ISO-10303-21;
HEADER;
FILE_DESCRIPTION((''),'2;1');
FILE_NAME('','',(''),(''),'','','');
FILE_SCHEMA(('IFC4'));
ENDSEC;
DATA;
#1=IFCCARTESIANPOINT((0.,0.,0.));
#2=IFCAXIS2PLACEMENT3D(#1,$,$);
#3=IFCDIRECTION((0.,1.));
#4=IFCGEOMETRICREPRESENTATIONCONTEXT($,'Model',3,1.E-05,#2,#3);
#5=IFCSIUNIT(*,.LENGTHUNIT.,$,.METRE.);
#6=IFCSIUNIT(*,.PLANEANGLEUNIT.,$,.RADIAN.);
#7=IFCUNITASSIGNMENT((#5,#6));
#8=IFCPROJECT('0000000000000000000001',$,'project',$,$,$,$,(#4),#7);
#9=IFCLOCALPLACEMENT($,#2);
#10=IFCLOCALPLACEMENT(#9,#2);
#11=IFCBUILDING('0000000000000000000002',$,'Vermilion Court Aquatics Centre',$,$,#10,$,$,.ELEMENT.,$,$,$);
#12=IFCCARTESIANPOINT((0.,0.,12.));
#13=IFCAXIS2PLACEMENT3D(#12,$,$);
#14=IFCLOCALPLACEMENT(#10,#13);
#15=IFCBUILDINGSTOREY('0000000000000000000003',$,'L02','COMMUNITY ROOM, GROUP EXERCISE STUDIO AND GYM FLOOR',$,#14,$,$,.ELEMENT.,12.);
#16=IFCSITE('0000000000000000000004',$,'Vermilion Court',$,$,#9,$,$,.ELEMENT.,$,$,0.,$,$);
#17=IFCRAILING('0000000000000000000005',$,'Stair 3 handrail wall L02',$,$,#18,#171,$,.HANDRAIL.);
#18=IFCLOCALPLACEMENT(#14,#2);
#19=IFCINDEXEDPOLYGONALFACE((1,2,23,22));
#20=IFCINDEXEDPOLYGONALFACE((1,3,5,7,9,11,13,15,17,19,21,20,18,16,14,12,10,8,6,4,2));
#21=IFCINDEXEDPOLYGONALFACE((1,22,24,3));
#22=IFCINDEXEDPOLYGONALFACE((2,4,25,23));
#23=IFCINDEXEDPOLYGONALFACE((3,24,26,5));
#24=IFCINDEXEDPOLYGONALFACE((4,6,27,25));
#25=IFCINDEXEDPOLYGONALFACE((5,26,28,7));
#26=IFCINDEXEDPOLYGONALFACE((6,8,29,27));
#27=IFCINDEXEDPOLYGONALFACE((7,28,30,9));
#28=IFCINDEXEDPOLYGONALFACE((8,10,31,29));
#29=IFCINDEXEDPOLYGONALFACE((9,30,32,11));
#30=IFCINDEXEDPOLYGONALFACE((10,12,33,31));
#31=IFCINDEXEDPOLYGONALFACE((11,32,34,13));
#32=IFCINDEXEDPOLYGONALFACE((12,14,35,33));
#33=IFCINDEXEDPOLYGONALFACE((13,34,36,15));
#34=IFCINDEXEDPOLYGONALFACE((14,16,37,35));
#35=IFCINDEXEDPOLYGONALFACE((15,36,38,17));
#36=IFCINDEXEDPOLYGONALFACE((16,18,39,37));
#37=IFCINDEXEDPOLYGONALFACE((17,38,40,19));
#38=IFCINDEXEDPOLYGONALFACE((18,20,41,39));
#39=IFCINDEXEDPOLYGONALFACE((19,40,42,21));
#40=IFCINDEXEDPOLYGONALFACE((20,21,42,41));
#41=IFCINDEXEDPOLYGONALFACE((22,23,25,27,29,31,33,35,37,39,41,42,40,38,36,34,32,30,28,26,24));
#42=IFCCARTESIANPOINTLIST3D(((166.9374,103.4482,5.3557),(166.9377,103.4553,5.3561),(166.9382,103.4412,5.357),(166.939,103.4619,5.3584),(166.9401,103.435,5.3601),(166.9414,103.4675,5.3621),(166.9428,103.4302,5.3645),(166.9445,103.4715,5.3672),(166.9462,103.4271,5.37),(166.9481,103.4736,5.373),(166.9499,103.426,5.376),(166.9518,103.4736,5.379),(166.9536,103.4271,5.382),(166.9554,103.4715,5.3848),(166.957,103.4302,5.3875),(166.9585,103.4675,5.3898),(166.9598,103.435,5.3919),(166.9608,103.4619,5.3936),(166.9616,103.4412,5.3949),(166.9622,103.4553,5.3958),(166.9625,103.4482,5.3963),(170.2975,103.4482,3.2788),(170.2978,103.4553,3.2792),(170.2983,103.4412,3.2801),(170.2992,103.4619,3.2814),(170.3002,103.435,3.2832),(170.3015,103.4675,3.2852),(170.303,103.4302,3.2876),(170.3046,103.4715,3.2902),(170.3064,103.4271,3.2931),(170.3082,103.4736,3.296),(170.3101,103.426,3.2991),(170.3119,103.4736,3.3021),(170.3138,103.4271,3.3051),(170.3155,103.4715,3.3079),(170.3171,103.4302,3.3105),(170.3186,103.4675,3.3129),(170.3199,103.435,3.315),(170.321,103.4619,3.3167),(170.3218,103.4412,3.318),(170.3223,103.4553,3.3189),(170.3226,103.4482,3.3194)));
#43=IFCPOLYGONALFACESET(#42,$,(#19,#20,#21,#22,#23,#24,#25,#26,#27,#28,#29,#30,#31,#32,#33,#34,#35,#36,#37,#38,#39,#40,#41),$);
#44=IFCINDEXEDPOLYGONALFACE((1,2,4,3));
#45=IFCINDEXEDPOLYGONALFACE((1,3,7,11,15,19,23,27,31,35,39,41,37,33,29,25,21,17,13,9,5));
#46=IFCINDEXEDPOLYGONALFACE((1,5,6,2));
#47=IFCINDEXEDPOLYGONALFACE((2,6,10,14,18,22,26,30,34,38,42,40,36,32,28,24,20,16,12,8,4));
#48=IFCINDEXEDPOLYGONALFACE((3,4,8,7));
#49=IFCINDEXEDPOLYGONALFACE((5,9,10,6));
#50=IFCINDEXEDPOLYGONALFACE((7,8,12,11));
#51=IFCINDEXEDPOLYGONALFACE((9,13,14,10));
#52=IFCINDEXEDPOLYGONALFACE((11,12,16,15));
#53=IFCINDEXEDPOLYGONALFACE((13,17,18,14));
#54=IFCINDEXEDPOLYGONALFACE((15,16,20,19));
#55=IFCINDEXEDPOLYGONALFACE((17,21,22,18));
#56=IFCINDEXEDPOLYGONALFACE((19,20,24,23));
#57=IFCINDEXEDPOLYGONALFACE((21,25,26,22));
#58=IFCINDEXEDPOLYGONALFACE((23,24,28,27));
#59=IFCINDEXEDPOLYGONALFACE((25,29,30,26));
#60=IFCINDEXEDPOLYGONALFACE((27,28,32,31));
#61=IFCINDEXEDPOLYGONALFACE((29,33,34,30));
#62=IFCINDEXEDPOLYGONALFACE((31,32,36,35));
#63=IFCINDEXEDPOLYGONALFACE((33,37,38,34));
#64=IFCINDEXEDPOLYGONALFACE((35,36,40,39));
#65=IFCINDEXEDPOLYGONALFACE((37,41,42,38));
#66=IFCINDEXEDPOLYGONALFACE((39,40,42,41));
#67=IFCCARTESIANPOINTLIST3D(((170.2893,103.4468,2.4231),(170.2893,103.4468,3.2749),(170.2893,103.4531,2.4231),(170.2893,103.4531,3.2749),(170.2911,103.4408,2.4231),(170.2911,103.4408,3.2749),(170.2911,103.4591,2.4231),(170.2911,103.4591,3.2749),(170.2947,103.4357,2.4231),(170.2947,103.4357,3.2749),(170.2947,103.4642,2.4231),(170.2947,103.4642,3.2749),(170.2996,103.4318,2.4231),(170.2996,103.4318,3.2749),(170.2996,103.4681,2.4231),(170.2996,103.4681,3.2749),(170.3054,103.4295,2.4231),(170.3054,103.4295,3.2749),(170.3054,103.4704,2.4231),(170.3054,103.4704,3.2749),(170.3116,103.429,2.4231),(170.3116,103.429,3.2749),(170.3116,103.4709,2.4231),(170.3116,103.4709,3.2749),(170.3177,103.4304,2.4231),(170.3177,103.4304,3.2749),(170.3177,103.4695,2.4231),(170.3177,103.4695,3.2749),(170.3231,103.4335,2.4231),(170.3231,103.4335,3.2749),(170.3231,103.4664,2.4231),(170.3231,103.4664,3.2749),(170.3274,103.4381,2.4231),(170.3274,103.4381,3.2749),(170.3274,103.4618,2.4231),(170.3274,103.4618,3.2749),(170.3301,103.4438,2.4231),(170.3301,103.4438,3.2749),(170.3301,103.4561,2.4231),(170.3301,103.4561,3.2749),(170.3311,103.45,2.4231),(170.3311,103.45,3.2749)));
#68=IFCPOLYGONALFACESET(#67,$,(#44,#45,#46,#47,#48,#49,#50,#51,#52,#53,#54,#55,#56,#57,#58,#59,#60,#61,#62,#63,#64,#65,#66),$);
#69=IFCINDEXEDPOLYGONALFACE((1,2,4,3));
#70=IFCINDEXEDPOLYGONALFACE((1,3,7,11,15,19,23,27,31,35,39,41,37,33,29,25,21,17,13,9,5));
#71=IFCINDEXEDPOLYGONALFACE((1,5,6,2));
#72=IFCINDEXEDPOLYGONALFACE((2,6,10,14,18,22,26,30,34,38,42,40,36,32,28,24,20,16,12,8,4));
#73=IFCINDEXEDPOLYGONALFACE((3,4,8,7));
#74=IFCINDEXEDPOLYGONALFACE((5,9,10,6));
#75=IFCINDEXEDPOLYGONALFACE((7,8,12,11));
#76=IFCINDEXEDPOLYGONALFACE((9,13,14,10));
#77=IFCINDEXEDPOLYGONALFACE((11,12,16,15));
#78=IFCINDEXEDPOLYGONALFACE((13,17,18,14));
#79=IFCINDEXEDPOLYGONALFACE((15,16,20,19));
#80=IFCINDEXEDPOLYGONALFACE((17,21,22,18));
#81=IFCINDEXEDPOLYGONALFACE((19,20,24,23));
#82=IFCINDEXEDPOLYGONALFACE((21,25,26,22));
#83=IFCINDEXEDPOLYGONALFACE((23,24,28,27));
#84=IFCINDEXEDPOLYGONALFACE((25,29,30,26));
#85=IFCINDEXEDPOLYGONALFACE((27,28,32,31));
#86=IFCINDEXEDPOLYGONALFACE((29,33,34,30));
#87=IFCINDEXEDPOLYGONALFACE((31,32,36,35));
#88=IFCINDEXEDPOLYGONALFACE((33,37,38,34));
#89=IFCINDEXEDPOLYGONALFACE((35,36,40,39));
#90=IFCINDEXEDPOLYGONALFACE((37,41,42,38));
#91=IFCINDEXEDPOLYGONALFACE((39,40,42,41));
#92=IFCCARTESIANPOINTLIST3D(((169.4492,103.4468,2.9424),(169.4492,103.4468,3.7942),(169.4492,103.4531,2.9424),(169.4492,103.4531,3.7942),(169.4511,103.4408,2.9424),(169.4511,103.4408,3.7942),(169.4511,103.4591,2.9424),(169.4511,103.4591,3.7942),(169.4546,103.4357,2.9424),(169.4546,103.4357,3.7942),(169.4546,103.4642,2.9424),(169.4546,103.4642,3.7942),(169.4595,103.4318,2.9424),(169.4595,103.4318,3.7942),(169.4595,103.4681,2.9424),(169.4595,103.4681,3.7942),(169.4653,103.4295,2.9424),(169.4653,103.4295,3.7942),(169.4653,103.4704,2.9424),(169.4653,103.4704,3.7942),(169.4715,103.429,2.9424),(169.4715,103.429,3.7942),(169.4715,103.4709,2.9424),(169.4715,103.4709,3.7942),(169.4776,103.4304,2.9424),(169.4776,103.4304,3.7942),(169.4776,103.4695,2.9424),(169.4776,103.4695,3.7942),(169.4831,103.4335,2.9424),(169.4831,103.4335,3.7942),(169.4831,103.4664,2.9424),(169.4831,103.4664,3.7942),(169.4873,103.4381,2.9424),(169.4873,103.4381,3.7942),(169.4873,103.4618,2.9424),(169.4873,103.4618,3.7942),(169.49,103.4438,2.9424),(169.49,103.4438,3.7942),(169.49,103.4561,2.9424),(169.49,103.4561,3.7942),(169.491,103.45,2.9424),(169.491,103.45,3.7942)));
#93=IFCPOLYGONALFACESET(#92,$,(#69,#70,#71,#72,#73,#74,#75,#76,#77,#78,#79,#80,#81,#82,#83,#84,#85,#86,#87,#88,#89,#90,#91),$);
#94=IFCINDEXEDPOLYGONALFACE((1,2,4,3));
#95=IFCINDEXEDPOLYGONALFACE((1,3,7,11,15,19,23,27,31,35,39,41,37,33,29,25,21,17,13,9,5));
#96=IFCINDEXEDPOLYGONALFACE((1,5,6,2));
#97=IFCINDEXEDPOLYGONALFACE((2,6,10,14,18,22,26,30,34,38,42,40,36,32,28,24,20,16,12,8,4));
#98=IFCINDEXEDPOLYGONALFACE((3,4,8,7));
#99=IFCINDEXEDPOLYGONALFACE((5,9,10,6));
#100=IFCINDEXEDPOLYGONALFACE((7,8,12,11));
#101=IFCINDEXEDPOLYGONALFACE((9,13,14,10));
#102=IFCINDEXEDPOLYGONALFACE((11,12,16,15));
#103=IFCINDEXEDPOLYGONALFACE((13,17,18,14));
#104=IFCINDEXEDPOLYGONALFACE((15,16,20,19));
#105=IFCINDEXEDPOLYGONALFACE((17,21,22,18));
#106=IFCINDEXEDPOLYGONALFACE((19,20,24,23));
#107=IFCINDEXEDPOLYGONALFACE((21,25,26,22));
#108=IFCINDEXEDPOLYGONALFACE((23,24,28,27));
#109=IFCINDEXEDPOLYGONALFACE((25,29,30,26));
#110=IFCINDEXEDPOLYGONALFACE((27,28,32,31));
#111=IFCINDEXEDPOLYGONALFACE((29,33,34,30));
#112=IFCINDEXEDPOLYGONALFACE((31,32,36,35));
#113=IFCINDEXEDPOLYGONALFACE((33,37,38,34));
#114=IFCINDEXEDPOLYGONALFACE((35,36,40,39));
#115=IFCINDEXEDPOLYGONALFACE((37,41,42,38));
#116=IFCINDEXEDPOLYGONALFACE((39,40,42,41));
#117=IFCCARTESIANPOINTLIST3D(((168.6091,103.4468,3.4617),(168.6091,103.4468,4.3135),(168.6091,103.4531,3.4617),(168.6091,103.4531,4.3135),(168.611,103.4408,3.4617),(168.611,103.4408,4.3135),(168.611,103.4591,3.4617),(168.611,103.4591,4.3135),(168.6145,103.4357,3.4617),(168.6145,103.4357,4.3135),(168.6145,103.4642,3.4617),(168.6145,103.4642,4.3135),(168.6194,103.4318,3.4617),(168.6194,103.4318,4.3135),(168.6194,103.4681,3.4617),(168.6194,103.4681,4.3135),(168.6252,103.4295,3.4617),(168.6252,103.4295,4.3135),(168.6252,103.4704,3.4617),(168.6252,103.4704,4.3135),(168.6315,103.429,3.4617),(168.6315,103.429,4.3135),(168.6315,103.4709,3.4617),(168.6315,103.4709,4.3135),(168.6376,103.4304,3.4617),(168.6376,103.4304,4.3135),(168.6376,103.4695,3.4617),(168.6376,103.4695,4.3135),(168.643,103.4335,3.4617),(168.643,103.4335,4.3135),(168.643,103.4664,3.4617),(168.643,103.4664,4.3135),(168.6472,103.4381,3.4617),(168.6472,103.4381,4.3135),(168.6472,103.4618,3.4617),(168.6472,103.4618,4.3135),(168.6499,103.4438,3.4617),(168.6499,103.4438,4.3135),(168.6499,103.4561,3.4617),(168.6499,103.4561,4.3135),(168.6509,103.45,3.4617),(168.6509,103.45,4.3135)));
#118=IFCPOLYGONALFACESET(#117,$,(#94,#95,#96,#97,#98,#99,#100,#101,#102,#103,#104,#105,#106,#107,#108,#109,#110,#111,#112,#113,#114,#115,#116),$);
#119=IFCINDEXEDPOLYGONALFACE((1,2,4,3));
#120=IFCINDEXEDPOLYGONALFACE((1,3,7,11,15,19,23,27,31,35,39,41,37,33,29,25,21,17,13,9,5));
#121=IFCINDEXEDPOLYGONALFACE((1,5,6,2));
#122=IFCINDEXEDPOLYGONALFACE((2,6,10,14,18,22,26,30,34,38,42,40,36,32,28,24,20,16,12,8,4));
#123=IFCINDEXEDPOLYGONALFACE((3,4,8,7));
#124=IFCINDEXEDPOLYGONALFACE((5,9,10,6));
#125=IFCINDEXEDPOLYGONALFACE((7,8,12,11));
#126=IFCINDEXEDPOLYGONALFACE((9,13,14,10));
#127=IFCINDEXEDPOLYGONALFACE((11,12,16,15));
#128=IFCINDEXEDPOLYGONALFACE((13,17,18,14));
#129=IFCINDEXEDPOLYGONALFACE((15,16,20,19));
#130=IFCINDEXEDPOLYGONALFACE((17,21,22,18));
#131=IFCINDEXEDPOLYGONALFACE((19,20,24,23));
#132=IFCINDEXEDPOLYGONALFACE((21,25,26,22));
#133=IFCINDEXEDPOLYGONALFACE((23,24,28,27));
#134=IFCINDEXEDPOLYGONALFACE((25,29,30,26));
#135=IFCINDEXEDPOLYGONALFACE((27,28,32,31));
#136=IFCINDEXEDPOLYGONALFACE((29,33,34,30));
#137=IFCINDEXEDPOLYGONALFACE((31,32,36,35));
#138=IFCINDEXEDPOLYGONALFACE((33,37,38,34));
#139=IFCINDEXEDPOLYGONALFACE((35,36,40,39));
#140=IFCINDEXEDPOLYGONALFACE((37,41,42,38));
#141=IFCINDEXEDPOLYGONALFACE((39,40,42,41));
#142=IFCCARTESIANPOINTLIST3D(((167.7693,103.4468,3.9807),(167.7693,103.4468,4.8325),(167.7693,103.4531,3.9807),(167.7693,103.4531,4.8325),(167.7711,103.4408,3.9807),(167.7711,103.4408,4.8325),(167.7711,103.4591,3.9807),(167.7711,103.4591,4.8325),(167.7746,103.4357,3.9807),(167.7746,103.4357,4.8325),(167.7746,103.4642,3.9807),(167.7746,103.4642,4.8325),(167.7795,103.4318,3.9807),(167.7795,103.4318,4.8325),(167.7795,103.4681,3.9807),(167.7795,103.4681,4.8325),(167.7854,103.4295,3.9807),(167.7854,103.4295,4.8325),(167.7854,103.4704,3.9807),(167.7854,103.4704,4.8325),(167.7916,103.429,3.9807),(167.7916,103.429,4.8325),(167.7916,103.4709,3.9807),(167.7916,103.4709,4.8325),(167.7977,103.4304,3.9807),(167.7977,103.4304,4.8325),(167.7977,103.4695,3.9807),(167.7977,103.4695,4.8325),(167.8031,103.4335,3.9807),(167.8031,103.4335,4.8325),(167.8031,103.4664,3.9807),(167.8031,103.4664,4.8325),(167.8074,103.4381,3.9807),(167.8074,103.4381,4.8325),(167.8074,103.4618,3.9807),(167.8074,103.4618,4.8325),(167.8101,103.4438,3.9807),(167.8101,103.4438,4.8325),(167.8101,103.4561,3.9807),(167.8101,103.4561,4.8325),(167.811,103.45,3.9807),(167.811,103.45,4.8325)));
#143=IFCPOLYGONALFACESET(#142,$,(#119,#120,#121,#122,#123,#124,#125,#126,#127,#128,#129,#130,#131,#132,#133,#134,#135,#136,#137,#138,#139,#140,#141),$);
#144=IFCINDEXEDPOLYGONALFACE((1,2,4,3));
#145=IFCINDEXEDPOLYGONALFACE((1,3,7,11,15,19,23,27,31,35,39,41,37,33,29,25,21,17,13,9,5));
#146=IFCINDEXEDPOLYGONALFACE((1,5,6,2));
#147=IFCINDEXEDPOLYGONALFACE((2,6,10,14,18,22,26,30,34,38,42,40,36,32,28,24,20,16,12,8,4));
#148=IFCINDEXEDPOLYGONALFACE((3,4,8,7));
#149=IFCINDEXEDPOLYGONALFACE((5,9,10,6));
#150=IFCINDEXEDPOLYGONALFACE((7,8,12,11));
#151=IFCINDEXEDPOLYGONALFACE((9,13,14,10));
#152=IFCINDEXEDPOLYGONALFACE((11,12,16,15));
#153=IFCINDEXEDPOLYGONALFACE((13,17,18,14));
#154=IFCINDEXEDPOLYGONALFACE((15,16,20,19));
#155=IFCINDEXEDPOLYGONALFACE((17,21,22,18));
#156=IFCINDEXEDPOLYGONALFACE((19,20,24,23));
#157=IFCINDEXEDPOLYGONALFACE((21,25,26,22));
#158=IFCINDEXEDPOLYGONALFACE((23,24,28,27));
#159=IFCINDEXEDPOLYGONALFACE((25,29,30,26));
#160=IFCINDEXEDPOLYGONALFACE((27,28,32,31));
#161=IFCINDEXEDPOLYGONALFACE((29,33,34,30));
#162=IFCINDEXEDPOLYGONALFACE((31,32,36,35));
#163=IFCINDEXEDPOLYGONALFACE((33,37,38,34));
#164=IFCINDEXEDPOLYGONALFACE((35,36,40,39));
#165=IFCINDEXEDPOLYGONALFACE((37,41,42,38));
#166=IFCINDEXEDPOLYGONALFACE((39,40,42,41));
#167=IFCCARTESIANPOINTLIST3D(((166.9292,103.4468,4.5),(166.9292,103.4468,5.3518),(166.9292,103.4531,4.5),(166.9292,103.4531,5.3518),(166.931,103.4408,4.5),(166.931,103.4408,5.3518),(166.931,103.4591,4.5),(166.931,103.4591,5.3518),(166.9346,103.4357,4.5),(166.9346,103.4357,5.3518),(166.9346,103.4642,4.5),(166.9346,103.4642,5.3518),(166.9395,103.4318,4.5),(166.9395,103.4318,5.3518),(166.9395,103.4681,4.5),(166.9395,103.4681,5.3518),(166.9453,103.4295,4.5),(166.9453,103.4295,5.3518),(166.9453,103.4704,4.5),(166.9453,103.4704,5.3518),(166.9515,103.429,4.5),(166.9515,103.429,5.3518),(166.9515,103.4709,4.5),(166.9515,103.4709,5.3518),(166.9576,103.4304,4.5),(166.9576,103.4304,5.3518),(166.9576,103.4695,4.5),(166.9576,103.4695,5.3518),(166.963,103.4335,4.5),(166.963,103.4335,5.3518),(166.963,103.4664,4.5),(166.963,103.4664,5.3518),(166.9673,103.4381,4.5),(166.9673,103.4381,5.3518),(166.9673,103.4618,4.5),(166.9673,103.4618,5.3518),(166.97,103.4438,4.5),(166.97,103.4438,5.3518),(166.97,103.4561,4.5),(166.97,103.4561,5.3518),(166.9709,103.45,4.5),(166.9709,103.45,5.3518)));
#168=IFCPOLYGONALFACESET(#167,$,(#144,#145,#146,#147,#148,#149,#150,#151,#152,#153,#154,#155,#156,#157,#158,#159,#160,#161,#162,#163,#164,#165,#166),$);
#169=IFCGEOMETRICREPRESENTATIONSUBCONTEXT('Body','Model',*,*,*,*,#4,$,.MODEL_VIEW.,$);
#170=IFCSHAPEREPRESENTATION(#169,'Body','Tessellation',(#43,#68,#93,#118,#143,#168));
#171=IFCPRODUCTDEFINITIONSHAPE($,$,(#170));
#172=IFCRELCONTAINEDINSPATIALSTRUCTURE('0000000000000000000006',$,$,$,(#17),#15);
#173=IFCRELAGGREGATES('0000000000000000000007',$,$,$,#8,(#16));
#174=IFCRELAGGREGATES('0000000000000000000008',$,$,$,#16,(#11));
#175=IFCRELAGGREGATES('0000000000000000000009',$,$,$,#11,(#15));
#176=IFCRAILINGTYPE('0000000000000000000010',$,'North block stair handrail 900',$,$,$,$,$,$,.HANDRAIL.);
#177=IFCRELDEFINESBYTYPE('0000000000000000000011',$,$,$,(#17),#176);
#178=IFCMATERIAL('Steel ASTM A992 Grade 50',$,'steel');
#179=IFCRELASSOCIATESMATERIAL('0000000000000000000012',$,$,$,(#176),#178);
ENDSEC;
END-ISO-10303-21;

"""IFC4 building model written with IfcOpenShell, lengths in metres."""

from ifc_helpers import new_model, si_unit, direction, frame, origin, origin_2d, place, context, subcontext, project, spatial, circle, extrude, material, type_object, element, save


model = new_model("IFC4")

# Units and contexts
model_context = context("Model", 3, precision=1e-05, world=origin(), true_north=direction((0.0, 1.0)))
body_context = subcontext(model_context, "Body", "Model", "MODEL_VIEW")
ifc_project = project(units=[si_unit("LENGTHUNIT", "METRE"), si_unit("PLANEANGLEUNIT", "RADIAN")], contexts=[model_context])

# Site, building, storey
site_placement = place(None, origin())
site = spatial("IfcSite", under=ifc_project, at=site_placement, Name="Vermilion Court", CompositionType="ELEMENT", RefElevation=0.0)
building_placement = place(site_placement, origin())
building = spatial("IfcBuilding", under=site, at=building_placement, Name="Vermilion Court Aquatics Centre", CompositionType="ELEMENT")
storey_placement = place(building_placement, frame((0.0, 0.0, 12.0)))
storey = spatial("IfcBuildingStorey", under=building, at=storey_placement, Name="L02", Description="COMMUNITY ROOM, GROUP EXERCISE STUDIO AND GYM FLOOR", CompositionType="ELEMENT", Elevation=12.0)

# Railing
ifc_material_1 = material(Name="Steel ASTM A992 Grade 50", Category="steel")
railing_type = type_object("IfcRailingType", Name="North block stair handrail 900", PredefinedType="HANDRAIL", material=ifc_material_1)
railing_placement = place(storey_placement, frame((170.3101, 103.45, 2.4231)))
element("IfcRailing", 1, at=railing_placement, inside=storey, type_object=railing_type, Name="Stair 3 handrail wall L02", PredefinedType="HANDRAIL", context=body_context, shape_type="SweptSolid", body=[
    extrude(circle(Radius=0.0239, at=origin_2d()), frame((0.0, 0.0, 0.876), z_axis=(-0.850623, 0.0, 0.525776), x_axis=(0.0, -1.0, 0.0)), (0.0, 0.0, 1.0), 3.9502),
    extrude(circle(Radius=0.021, at=origin_2d()), origin(), (0.0, 0.0, 1.0), 0.8518),
    extrude(circle(Radius=0.021, at=origin_2d()), frame((-0.8401, 0.0, 0.5193)), (0.0, 0.0, 1.0), 0.8518),
    extrude(circle(Radius=0.021, at=origin_2d()), frame((-1.6802, 0.0, 1.0386)), (0.0, 0.0, 1.0), 0.8518),
    extrude(circle(Radius=0.021, at=origin_2d()), frame((-2.52, 0.0, 1.5576)), (0.0, 0.0, 1.0), 0.8518),
    extrude(circle(Radius=0.021, at=origin_2d()), frame((-3.3601, 0.0, 2.0769)), (0.0, 0.0, 1.0), 0.8518),
])

save(model, "model.ifc")
